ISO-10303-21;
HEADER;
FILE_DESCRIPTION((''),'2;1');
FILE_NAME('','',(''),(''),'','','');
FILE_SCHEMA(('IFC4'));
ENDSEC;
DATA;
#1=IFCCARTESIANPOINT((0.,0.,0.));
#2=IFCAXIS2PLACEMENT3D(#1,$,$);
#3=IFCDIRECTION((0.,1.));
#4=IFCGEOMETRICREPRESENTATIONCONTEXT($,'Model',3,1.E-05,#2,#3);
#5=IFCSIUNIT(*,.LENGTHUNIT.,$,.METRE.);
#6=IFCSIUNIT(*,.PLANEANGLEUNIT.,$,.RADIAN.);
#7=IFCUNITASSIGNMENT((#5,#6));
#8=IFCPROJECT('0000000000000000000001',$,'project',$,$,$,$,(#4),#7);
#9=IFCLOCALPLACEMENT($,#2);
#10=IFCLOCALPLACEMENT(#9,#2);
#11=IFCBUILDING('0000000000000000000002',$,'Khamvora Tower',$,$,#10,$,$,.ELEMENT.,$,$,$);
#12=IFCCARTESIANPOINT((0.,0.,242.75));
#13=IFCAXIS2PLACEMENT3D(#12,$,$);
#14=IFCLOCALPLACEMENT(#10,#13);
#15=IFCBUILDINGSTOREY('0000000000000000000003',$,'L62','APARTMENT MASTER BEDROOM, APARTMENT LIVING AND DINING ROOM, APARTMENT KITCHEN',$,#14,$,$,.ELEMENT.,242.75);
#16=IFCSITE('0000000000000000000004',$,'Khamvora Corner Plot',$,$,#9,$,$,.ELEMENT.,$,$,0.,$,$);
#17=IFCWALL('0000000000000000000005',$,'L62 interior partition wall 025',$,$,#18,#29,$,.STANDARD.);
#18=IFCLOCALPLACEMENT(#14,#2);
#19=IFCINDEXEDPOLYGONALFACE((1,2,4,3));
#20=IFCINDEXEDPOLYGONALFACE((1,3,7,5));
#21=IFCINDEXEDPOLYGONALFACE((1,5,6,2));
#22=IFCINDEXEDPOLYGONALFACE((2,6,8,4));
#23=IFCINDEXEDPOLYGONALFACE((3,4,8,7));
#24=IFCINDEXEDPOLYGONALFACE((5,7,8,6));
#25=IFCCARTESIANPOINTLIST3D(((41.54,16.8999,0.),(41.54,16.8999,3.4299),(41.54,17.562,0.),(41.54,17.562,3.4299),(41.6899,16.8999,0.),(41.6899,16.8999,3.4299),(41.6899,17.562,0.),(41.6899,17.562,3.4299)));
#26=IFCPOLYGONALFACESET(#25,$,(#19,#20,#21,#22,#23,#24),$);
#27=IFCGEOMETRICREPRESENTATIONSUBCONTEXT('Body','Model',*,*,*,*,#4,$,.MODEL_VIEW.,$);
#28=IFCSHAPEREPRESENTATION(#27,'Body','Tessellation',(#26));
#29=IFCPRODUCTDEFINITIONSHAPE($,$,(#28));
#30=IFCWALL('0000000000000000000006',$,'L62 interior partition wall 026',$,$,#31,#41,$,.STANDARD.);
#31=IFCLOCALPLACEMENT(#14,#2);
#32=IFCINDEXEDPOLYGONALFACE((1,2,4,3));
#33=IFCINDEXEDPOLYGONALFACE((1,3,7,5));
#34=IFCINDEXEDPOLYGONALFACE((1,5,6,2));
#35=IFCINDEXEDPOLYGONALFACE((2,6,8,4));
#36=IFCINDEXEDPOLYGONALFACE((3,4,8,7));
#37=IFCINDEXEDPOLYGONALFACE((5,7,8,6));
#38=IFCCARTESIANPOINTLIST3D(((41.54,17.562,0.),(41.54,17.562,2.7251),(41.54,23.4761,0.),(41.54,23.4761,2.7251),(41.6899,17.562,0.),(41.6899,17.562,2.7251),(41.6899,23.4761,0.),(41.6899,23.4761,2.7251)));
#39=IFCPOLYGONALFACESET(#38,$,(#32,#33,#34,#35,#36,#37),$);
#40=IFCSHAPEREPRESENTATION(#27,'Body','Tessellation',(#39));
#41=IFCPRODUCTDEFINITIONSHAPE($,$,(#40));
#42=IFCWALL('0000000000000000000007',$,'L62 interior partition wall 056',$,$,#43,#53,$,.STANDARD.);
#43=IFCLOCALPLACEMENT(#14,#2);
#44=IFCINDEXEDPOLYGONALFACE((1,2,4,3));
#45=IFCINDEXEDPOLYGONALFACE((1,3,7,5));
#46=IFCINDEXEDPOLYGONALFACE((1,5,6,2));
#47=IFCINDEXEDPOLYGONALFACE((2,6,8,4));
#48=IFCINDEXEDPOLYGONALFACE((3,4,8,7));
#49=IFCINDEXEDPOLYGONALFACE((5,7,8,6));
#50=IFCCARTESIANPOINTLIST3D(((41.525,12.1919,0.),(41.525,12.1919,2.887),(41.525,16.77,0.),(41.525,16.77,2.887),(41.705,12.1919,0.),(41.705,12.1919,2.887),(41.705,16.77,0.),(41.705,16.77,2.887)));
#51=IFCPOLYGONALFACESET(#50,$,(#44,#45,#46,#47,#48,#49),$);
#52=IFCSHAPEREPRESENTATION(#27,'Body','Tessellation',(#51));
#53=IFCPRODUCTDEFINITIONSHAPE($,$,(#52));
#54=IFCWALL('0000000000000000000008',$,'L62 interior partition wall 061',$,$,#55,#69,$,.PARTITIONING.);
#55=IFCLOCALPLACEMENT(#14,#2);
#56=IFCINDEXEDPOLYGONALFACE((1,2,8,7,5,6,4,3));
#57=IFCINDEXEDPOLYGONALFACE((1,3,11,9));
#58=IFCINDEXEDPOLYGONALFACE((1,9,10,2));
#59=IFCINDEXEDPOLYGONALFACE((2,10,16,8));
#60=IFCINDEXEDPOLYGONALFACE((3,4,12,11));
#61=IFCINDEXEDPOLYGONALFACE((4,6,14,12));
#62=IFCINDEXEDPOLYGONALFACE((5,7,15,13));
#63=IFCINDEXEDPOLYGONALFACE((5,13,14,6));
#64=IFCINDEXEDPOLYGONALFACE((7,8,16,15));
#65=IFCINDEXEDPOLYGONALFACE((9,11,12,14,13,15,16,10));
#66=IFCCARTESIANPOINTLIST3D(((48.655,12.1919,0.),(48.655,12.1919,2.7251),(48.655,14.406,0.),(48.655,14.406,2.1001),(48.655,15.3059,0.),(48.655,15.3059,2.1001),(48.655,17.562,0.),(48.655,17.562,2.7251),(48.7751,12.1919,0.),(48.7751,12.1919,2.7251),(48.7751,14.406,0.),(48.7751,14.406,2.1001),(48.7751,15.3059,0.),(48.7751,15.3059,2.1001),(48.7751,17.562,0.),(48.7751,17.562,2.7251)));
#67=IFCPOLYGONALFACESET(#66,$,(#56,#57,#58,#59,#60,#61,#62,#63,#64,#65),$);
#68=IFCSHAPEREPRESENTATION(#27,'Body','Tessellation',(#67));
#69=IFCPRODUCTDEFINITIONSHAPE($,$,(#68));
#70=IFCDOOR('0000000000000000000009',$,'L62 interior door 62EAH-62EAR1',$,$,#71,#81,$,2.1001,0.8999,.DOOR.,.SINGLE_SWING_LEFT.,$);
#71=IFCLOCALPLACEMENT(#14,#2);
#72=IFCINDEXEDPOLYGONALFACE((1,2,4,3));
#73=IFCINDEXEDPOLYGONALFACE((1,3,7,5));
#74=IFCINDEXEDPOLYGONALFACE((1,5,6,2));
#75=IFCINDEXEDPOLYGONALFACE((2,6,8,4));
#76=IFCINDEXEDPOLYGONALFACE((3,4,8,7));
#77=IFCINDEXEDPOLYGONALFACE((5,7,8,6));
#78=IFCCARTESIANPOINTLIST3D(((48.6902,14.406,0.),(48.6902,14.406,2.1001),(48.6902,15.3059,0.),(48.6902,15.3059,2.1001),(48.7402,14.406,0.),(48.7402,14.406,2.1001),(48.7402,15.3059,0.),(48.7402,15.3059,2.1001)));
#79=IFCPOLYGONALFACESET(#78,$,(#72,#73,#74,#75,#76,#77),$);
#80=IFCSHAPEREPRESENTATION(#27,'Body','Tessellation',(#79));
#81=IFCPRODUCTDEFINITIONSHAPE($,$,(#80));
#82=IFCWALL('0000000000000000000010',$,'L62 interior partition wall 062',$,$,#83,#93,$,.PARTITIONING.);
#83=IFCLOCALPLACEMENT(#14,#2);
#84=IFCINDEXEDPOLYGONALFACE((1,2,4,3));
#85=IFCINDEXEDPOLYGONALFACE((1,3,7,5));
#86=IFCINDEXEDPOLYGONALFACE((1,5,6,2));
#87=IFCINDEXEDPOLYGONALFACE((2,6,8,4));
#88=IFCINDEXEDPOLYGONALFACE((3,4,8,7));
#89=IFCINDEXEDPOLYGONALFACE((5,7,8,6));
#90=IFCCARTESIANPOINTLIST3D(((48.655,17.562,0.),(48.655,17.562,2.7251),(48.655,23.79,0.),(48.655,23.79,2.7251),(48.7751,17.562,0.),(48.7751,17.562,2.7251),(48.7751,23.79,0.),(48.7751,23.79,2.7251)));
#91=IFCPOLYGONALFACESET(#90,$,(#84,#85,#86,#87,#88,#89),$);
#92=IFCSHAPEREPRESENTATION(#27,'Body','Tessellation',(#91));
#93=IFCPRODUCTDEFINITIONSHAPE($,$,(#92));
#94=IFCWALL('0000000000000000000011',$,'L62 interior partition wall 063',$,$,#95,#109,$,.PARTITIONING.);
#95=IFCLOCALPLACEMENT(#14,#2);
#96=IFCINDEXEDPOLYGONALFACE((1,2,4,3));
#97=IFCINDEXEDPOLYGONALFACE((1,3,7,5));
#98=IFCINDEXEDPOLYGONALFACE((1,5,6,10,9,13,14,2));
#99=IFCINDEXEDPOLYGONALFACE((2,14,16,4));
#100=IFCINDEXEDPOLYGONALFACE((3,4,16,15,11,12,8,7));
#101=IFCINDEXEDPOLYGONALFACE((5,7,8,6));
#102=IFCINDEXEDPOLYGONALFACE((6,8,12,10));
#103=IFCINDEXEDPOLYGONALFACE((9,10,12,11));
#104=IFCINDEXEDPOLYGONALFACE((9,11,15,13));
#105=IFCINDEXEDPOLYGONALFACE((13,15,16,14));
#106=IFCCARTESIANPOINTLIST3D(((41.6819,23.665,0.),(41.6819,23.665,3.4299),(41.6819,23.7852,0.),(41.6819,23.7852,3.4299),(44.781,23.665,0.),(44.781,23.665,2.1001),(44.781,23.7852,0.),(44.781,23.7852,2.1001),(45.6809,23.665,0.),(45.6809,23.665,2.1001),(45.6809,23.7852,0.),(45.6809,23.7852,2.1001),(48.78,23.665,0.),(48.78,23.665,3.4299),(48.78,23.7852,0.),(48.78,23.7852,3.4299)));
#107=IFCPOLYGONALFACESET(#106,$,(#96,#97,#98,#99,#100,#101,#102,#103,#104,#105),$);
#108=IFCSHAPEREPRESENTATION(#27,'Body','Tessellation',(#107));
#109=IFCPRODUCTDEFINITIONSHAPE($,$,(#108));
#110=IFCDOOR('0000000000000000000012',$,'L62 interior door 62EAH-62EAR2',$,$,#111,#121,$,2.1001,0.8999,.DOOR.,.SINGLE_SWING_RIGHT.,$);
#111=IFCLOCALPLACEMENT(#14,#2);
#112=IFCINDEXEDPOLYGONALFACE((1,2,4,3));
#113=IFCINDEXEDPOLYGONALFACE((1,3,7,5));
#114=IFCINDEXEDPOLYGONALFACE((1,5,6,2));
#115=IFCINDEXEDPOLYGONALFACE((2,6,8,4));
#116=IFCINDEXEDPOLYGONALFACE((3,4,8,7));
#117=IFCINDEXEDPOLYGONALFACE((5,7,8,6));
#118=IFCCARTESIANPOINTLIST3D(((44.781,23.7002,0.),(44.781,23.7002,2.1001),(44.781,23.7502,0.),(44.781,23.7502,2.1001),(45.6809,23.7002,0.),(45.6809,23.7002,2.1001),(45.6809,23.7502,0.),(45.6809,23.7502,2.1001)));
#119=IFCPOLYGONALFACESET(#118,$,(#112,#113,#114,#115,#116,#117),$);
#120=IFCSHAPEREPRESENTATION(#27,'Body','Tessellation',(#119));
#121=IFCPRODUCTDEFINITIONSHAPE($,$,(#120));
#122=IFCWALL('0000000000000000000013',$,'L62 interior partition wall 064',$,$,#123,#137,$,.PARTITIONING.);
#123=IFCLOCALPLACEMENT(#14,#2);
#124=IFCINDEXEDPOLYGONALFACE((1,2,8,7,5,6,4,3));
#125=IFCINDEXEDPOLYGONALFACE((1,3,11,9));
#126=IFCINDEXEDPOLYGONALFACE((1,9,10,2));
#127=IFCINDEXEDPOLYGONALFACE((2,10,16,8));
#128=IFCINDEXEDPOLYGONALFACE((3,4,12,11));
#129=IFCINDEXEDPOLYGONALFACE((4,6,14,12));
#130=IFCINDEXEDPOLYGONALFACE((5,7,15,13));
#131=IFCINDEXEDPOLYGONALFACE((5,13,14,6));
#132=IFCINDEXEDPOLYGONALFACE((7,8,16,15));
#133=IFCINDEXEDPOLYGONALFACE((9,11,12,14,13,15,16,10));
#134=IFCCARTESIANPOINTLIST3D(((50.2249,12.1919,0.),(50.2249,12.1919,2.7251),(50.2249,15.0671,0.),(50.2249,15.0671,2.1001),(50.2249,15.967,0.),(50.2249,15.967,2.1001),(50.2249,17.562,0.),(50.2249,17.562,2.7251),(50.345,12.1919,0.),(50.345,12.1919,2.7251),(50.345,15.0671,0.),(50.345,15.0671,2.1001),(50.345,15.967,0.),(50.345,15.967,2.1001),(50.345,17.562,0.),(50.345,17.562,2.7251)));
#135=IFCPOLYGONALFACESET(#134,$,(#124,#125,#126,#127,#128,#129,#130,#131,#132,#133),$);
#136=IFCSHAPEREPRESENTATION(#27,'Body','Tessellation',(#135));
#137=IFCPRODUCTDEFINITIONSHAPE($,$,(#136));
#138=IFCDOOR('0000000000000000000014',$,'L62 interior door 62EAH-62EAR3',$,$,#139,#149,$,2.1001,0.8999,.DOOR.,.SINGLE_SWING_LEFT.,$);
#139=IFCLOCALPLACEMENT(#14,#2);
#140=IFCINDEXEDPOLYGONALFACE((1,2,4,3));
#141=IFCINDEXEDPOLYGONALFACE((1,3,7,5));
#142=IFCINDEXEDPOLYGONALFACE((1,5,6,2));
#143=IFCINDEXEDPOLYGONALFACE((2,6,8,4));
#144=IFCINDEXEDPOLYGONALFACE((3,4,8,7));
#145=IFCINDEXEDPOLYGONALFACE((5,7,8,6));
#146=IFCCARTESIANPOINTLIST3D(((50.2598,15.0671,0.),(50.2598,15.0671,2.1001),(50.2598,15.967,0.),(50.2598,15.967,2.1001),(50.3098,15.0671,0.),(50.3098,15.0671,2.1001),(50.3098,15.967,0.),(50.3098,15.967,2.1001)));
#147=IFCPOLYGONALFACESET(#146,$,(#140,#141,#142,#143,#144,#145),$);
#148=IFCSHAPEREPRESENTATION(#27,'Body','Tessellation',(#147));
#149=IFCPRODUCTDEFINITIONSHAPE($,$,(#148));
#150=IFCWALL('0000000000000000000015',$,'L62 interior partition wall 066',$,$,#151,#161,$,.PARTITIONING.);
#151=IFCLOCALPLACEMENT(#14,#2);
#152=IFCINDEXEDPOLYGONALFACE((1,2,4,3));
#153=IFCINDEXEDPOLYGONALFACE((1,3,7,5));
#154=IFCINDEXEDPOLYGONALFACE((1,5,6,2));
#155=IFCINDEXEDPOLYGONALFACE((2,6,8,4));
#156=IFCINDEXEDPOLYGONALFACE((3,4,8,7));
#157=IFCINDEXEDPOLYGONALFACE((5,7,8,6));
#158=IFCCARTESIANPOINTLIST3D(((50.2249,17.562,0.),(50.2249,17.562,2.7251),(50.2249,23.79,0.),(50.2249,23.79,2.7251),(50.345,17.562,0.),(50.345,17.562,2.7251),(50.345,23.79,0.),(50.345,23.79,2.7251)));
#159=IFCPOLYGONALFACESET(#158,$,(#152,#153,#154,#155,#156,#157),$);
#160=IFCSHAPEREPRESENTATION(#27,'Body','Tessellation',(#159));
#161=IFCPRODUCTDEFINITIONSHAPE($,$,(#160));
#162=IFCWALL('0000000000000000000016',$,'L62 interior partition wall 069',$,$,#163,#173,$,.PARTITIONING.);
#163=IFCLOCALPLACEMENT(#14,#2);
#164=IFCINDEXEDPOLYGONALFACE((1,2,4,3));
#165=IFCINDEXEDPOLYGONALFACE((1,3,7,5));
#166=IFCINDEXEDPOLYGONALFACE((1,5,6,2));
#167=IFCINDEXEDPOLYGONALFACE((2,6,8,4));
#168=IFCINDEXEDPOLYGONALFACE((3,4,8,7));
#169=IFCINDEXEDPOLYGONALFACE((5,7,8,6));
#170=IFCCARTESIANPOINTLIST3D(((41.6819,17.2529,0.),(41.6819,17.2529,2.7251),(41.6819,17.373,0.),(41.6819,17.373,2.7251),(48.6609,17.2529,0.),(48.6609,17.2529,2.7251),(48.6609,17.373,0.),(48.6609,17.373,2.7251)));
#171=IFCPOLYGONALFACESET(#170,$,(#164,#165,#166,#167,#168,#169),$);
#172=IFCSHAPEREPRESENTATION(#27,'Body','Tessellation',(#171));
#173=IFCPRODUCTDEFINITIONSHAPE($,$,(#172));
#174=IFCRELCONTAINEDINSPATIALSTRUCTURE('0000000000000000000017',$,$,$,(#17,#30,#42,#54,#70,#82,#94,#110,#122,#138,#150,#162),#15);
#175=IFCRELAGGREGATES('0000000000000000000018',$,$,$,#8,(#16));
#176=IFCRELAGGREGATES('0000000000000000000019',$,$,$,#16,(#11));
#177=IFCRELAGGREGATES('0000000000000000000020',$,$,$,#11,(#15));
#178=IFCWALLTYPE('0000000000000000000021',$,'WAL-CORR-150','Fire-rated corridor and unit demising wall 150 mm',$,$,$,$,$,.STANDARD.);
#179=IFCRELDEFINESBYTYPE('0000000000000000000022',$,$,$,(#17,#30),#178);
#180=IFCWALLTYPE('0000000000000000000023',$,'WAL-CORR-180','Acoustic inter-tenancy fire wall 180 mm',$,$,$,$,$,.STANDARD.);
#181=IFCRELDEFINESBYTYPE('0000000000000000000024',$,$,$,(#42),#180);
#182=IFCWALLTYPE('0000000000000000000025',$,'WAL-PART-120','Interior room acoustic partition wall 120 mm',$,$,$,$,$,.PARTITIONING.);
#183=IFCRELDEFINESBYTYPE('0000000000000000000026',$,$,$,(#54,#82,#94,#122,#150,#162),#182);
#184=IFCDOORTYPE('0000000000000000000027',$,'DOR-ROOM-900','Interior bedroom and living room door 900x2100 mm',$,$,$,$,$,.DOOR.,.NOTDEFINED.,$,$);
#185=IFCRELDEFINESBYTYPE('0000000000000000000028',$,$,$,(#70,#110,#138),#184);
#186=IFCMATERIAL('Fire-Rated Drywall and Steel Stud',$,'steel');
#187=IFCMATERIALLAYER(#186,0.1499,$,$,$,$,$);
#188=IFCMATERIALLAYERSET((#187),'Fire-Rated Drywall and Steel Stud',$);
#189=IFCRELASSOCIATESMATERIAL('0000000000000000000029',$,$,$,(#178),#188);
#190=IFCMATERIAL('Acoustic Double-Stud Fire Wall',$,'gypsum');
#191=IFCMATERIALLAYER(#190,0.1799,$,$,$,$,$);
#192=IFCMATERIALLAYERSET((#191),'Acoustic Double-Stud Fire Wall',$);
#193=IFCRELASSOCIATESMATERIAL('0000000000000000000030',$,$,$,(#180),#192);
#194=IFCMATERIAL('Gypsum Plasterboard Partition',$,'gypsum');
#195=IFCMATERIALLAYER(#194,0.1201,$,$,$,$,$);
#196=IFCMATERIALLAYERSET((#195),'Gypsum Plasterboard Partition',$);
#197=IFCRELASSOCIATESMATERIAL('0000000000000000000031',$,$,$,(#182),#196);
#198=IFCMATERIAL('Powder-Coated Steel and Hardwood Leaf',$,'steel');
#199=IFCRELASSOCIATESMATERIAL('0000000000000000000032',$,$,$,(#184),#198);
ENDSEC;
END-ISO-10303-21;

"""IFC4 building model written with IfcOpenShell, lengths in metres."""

from ifc_helpers import new_model, si_unit, direction, frame, frame_2d, origin, place, context, subcontext, project, spatial, rectangle, extrude, material, layer, layer_set, type_object, element, fill, save


model = new_model("IFC4")

# Units and contexts
model_context = context("Model", 3, precision=1e-05, world=origin(), true_north=direction((0.0, 1.0)))
body_context = subcontext(model_context, "Body", "Model", "MODEL_VIEW")
ifc_project = project(units=[si_unit("LENGTHUNIT", "METRE"), si_unit("PLANEANGLEUNIT", "RADIAN")], contexts=[model_context])

# Site, building, storey
site_placement = place(None, origin())
site = spatial("IfcSite", under=ifc_project, at=site_placement, Name="Khamvora Corner Plot", CompositionType="ELEMENT", RefElevation=0.0)
building_placement = place(site_placement, origin())
building = spatial("IfcBuilding", under=site, at=building_placement, Name="Khamvora Tower", CompositionType="ELEMENT")
storey_placement = place(building_placement, frame((0.0, 0.0, 242.75)))
storey = spatial("IfcBuildingStorey", under=building, at=storey_placement, Name="L62", Description="APARTMENT MASTER BEDROOM, APARTMENT LIVING AND DINING ROOM, APARTMENT KITCHEN", CompositionType="ELEMENT", Elevation=242.75)

# Walls
ifc_material_1 = material(Name="Fire-Rated Drywall and Steel Stud", Category="steel")
ifc_layer_1 = layer(ifc_material_1, 0.1499)
ifc_layer_set_1 = layer_set([ifc_layer_1], Name="Fire-Rated Drywall and Steel Stud")
wall_type_1 = type_object("IfcWallType", Name="WAL-CORR-150", Description="Fire-rated corridor and unit demising wall 150 mm", PredefinedType="STANDARD", material=ifc_layer_set_1)
wall_1_placement = place(storey_placement, frame((41.615, 17.562, 0.0), z_axis=(0.0, 0.0, 1.0), x_axis=(0.0, -1.0, 0.0)))
element("IfcWall", 1, at=wall_1_placement, inside=storey, type_object=wall_type_1, Name="L62 interior partition wall 025", PredefinedType="STANDARD", context=body_context, shape_type="SweptSolid", body=[
    extrude(rectangle(XDim=0.6621, YDim=0.1499, at=frame_2d((0.3311, 0.0))), origin(), (0.0, 0.0, 1.0), 3.4299),
])
wall_2_placement = place(storey_placement, frame((41.615, 23.4761, 0.0), z_axis=(0.0, 0.0, 1.0), x_axis=(0.0, -1.0, 0.0)))
element("IfcWall", 2, at=wall_2_placement, inside=storey, type_object=wall_type_1, Name="L62 interior partition wall 026", PredefinedType="STANDARD", context=body_context, shape_type="SweptSolid", body=[
    extrude(rectangle(XDim=5.9141, YDim=0.1499, at=frame_2d((2.957, 0.0))), origin(), (0.0, 0.0, 1.0), 2.7251),
])
ifc_material_2 = material(Name="Acoustic Double-Stud Fire Wall", Category="gypsum")
ifc_layer_2 = layer(ifc_material_2, 0.1799)
ifc_layer_set_2 = layer_set([ifc_layer_2], Name="Acoustic Double-Stud Fire Wall")
wall_type_2 = type_object("IfcWallType", Name="WAL-CORR-180", Description="Acoustic inter-tenancy fire wall 180 mm", PredefinedType="STANDARD", material=ifc_layer_set_2)
wall_3_placement = place(storey_placement, frame((41.615, 16.77, 0.0), z_axis=(0.0, 0.0, 1.0), x_axis=(0.0, -1.0, 0.0)))
element("IfcWall", 3, at=wall_3_placement, inside=storey, type_object=wall_type_2, Name="L62 interior partition wall 056", PredefinedType="STANDARD", context=body_context, shape_type="SweptSolid", body=[
    extrude(rectangle(XDim=4.5781, YDim=0.1799, at=frame_2d((2.2891, 0.0))), origin(), (0.0, 0.0, 1.0), 2.887),
])

# Wall, opening, door
ifc_material_3 = material(Name="Gypsum Plasterboard Partition", Category="gypsum")
ifc_layer_3 = layer(ifc_material_3, 0.1201)
ifc_layer_set_3 = layer_set([ifc_layer_3], Name="Gypsum Plasterboard Partition")
wall_type_3 = type_object("IfcWallType", Name="WAL-PART-120", Description="Interior room acoustic partition wall 120 mm", PredefinedType="PARTITIONING", material=ifc_layer_set_3)
wall_4_placement = place(storey_placement, frame((48.7151, 12.1919, 0.0), z_axis=(0.0, 0.0, 1.0), x_axis=(0.0, 1.0, 0.0)))
wall_4 = element("IfcWall", 4, at=wall_4_placement, inside=storey, type_object=wall_type_3, Name="L62 interior partition wall 061", PredefinedType="PARTITIONING", context=body_context, shape_type="SweptSolid", body=[
    extrude(rectangle(XDim=5.3701, YDim=0.1201, at=frame_2d((2.6851, 0.0))), origin(), (0.0, 0.0, 1.0), 2.7251),
])
opening_1_placement = place(wall_4_placement, frame((2.2141, 0.0, 0.0)))
opening_1 = element("IfcOpeningElement", 5, at=opening_1_placement, cuts=wall_4, PredefinedType="OPENING", context=body_context, shape_type="SweptSolid", body=[
    extrude(rectangle(XDim=0.8999, YDim=2.1001, at=frame_2d((0.45, 1.05))), frame((0.0, 0.0701, 0.0), z_axis=(0.0, -1.0, 0.0), x_axis=(1.0, 0.0, 0.0)), (0.0, 0.0, 1.0), 0.1401),
])
ifc_material_4 = material(Name="Powder-Coated Steel and Hardwood Leaf", Category="steel")
door_type_1 = type_object("IfcDoorType", Name="DOR-ROOM-900", Description="Interior bedroom and living room door 900x2100 mm", OperationType="NOTDEFINED", PredefinedType="DOOR", material=ifc_material_4)
door_1_placement = place(opening_1_placement, origin())
door_1 = element("IfcDoor", 6, at=door_1_placement, inside=storey, type_object=door_type_1, Name="L62 interior door 62EAH-62EAR1", OperationType="SINGLE_SWING_LEFT", OverallHeight=2.1001, OverallWidth=0.8999, PredefinedType="DOOR", context=body_context, shape_type="SweptSolid", body=[
    extrude(rectangle(XDim=0.8999, YDim=2.1001, at=frame_2d((0.45, 1.05))), frame((0.0, 0.0249, 0.0), z_axis=(0.0, -1.0, 0.0), x_axis=(1.0, 0.0, 0.0)), (0.0, 0.0, 1.0), 0.05),
])
fill(opening_1, door_1)

# Wall
wall_5_placement = place(storey_placement, frame((48.7151, 17.562, 0.0), z_axis=(0.0, 0.0, 1.0), x_axis=(0.0, 1.0, 0.0)))
element("IfcWall", 7, at=wall_5_placement, inside=storey, type_object=wall_type_3, Name="L62 interior partition wall 062", PredefinedType="PARTITIONING", context=body_context, shape_type="SweptSolid", body=[
    extrude(rectangle(XDim=6.228, YDim=0.1201, at=frame_2d((3.114, 0.0))), origin(), (0.0, 0.0, 1.0), 2.7251),
])

# Walls, openings, doors
wall_6_placement = place(storey_placement, frame((48.78, 23.7251, 0.0), z_axis=(0.0, 0.0, 1.0), x_axis=(-1.0, 0.0, 0.0)))
wall_6 = element("IfcWall", 8, at=wall_6_placement, inside=storey, type_object=wall_type_3, Name="L62 interior partition wall 063", PredefinedType="PARTITIONING", context=body_context, shape_type="SweptSolid", body=[
    extrude(rectangle(XDim=7.0981, YDim=0.1201, at=frame_2d((3.5491, 0.0))), origin(), (0.0, 0.0, 1.0), 3.4299),
])
opening_2_placement = place(wall_6_placement, frame((3.0991, 0.0, 0.0)))
opening_2 = element("IfcOpeningElement", 9, at=opening_2_placement, cuts=wall_6, PredefinedType="OPENING", context=body_context, shape_type="SweptSolid", body=[
    extrude(rectangle(XDim=0.8999, YDim=2.1001, at=frame_2d((0.45, 1.05))), frame((0.0, 0.0701, 0.0), z_axis=(0.0, -1.0, 0.0), x_axis=(1.0, 0.0, 0.0)), (0.0, 0.0, 1.0), 0.1401),
])
door_2_placement = place(opening_2_placement, origin())
door_2 = element("IfcDoor", 10, at=door_2_placement, inside=storey, type_object=door_type_1, Name="L62 interior door 62EAH-62EAR2", OperationType="SINGLE_SWING_RIGHT", OverallHeight=2.1001, OverallWidth=0.8999, PredefinedType="DOOR", context=body_context, shape_type="SweptSolid", body=[
    extrude(rectangle(XDim=0.8999, YDim=2.1001, at=frame_2d((0.45, 1.05))), frame((0.0, 0.0249, 0.0), z_axis=(0.0, -1.0, 0.0), x_axis=(1.0, 0.0, 0.0)), (0.0, 0.0, 1.0), 0.05),
])
fill(opening_2, door_2)
wall_7_placement = place(storey_placement, frame((50.2849, 17.562, 0.0), z_axis=(0.0, 0.0, 1.0), x_axis=(0.0, -1.0, 0.0)))
wall_7 = element("IfcWall", 11, at=wall_7_placement, inside=storey, type_object=wall_type_3, Name="L62 interior partition wall 064", PredefinedType="PARTITIONING", context=body_context, shape_type="SweptSolid", body=[
    extrude(rectangle(XDim=5.3701, YDim=0.1201, at=frame_2d((2.6851, 0.0))), origin(), (0.0, 0.0, 1.0), 2.7251),
])
opening_3_placement = place(wall_7_placement, frame((1.595, 0.0, 0.0)))
opening_3 = element("IfcOpeningElement", 12, at=opening_3_placement, cuts=wall_7, PredefinedType="OPENING", context=body_context, shape_type="SweptSolid", body=[
    extrude(rectangle(XDim=0.8999, YDim=2.1001, at=frame_2d((0.45, 1.05))), frame((0.0, 0.0701, 0.0), z_axis=(0.0, -1.0, 0.0), x_axis=(1.0, 0.0, 0.0)), (0.0, 0.0, 1.0), 0.1401),
])
door_3_placement = place(opening_3_placement, origin())
door_3 = element("IfcDoor", 13, at=door_3_placement, inside=storey, type_object=door_type_1, Name="L62 interior door 62EAH-62EAR3", OperationType="SINGLE_SWING_LEFT", OverallHeight=2.1001, OverallWidth=0.8999, PredefinedType="DOOR", context=body_context, shape_type="SweptSolid", body=[
    extrude(rectangle(XDim=0.8999, YDim=2.1001, at=frame_2d((0.45, 1.05))), frame((0.0, 0.0249, 0.0), z_axis=(0.0, -1.0, 0.0), x_axis=(1.0, 0.0, 0.0)), (0.0, 0.0, 1.0), 0.05),
])
fill(opening_3, door_3)

# Walls
wall_8_placement = place(storey_placement, frame((50.2849, 23.79, 0.0), z_axis=(0.0, 0.0, 1.0), x_axis=(0.0, -1.0, 0.0)))
element("IfcWall", 14, at=wall_8_placement, inside=storey, type_object=wall_type_3, Name="L62 interior partition wall 066", PredefinedType="PARTITIONING", context=body_context, shape_type="SweptSolid", body=[
    extrude(rectangle(XDim=6.228, YDim=0.1201, at=frame_2d((3.114, 0.0))), origin(), (0.0, 0.0, 1.0), 2.7251),
])
wall_9_placement = place(storey_placement, frame((41.6819, 17.313, 0.0), z_axis=(0.0, 0.0, 1.0), x_axis=(1.0, 0.0, 0.0)))
element("IfcWall", 15, at=wall_9_placement, inside=storey, type_object=wall_type_3, Name="L62 interior partition wall 069", PredefinedType="PARTITIONING", context=body_context, shape_type="SweptSolid", body=[
    extrude(rectangle(XDim=6.979, YDim=0.1201, at=frame_2d((3.4895, 0.0))), origin(), (0.0, 0.0, 1.0), 2.7251),
])

save(model, "model.ifc")
